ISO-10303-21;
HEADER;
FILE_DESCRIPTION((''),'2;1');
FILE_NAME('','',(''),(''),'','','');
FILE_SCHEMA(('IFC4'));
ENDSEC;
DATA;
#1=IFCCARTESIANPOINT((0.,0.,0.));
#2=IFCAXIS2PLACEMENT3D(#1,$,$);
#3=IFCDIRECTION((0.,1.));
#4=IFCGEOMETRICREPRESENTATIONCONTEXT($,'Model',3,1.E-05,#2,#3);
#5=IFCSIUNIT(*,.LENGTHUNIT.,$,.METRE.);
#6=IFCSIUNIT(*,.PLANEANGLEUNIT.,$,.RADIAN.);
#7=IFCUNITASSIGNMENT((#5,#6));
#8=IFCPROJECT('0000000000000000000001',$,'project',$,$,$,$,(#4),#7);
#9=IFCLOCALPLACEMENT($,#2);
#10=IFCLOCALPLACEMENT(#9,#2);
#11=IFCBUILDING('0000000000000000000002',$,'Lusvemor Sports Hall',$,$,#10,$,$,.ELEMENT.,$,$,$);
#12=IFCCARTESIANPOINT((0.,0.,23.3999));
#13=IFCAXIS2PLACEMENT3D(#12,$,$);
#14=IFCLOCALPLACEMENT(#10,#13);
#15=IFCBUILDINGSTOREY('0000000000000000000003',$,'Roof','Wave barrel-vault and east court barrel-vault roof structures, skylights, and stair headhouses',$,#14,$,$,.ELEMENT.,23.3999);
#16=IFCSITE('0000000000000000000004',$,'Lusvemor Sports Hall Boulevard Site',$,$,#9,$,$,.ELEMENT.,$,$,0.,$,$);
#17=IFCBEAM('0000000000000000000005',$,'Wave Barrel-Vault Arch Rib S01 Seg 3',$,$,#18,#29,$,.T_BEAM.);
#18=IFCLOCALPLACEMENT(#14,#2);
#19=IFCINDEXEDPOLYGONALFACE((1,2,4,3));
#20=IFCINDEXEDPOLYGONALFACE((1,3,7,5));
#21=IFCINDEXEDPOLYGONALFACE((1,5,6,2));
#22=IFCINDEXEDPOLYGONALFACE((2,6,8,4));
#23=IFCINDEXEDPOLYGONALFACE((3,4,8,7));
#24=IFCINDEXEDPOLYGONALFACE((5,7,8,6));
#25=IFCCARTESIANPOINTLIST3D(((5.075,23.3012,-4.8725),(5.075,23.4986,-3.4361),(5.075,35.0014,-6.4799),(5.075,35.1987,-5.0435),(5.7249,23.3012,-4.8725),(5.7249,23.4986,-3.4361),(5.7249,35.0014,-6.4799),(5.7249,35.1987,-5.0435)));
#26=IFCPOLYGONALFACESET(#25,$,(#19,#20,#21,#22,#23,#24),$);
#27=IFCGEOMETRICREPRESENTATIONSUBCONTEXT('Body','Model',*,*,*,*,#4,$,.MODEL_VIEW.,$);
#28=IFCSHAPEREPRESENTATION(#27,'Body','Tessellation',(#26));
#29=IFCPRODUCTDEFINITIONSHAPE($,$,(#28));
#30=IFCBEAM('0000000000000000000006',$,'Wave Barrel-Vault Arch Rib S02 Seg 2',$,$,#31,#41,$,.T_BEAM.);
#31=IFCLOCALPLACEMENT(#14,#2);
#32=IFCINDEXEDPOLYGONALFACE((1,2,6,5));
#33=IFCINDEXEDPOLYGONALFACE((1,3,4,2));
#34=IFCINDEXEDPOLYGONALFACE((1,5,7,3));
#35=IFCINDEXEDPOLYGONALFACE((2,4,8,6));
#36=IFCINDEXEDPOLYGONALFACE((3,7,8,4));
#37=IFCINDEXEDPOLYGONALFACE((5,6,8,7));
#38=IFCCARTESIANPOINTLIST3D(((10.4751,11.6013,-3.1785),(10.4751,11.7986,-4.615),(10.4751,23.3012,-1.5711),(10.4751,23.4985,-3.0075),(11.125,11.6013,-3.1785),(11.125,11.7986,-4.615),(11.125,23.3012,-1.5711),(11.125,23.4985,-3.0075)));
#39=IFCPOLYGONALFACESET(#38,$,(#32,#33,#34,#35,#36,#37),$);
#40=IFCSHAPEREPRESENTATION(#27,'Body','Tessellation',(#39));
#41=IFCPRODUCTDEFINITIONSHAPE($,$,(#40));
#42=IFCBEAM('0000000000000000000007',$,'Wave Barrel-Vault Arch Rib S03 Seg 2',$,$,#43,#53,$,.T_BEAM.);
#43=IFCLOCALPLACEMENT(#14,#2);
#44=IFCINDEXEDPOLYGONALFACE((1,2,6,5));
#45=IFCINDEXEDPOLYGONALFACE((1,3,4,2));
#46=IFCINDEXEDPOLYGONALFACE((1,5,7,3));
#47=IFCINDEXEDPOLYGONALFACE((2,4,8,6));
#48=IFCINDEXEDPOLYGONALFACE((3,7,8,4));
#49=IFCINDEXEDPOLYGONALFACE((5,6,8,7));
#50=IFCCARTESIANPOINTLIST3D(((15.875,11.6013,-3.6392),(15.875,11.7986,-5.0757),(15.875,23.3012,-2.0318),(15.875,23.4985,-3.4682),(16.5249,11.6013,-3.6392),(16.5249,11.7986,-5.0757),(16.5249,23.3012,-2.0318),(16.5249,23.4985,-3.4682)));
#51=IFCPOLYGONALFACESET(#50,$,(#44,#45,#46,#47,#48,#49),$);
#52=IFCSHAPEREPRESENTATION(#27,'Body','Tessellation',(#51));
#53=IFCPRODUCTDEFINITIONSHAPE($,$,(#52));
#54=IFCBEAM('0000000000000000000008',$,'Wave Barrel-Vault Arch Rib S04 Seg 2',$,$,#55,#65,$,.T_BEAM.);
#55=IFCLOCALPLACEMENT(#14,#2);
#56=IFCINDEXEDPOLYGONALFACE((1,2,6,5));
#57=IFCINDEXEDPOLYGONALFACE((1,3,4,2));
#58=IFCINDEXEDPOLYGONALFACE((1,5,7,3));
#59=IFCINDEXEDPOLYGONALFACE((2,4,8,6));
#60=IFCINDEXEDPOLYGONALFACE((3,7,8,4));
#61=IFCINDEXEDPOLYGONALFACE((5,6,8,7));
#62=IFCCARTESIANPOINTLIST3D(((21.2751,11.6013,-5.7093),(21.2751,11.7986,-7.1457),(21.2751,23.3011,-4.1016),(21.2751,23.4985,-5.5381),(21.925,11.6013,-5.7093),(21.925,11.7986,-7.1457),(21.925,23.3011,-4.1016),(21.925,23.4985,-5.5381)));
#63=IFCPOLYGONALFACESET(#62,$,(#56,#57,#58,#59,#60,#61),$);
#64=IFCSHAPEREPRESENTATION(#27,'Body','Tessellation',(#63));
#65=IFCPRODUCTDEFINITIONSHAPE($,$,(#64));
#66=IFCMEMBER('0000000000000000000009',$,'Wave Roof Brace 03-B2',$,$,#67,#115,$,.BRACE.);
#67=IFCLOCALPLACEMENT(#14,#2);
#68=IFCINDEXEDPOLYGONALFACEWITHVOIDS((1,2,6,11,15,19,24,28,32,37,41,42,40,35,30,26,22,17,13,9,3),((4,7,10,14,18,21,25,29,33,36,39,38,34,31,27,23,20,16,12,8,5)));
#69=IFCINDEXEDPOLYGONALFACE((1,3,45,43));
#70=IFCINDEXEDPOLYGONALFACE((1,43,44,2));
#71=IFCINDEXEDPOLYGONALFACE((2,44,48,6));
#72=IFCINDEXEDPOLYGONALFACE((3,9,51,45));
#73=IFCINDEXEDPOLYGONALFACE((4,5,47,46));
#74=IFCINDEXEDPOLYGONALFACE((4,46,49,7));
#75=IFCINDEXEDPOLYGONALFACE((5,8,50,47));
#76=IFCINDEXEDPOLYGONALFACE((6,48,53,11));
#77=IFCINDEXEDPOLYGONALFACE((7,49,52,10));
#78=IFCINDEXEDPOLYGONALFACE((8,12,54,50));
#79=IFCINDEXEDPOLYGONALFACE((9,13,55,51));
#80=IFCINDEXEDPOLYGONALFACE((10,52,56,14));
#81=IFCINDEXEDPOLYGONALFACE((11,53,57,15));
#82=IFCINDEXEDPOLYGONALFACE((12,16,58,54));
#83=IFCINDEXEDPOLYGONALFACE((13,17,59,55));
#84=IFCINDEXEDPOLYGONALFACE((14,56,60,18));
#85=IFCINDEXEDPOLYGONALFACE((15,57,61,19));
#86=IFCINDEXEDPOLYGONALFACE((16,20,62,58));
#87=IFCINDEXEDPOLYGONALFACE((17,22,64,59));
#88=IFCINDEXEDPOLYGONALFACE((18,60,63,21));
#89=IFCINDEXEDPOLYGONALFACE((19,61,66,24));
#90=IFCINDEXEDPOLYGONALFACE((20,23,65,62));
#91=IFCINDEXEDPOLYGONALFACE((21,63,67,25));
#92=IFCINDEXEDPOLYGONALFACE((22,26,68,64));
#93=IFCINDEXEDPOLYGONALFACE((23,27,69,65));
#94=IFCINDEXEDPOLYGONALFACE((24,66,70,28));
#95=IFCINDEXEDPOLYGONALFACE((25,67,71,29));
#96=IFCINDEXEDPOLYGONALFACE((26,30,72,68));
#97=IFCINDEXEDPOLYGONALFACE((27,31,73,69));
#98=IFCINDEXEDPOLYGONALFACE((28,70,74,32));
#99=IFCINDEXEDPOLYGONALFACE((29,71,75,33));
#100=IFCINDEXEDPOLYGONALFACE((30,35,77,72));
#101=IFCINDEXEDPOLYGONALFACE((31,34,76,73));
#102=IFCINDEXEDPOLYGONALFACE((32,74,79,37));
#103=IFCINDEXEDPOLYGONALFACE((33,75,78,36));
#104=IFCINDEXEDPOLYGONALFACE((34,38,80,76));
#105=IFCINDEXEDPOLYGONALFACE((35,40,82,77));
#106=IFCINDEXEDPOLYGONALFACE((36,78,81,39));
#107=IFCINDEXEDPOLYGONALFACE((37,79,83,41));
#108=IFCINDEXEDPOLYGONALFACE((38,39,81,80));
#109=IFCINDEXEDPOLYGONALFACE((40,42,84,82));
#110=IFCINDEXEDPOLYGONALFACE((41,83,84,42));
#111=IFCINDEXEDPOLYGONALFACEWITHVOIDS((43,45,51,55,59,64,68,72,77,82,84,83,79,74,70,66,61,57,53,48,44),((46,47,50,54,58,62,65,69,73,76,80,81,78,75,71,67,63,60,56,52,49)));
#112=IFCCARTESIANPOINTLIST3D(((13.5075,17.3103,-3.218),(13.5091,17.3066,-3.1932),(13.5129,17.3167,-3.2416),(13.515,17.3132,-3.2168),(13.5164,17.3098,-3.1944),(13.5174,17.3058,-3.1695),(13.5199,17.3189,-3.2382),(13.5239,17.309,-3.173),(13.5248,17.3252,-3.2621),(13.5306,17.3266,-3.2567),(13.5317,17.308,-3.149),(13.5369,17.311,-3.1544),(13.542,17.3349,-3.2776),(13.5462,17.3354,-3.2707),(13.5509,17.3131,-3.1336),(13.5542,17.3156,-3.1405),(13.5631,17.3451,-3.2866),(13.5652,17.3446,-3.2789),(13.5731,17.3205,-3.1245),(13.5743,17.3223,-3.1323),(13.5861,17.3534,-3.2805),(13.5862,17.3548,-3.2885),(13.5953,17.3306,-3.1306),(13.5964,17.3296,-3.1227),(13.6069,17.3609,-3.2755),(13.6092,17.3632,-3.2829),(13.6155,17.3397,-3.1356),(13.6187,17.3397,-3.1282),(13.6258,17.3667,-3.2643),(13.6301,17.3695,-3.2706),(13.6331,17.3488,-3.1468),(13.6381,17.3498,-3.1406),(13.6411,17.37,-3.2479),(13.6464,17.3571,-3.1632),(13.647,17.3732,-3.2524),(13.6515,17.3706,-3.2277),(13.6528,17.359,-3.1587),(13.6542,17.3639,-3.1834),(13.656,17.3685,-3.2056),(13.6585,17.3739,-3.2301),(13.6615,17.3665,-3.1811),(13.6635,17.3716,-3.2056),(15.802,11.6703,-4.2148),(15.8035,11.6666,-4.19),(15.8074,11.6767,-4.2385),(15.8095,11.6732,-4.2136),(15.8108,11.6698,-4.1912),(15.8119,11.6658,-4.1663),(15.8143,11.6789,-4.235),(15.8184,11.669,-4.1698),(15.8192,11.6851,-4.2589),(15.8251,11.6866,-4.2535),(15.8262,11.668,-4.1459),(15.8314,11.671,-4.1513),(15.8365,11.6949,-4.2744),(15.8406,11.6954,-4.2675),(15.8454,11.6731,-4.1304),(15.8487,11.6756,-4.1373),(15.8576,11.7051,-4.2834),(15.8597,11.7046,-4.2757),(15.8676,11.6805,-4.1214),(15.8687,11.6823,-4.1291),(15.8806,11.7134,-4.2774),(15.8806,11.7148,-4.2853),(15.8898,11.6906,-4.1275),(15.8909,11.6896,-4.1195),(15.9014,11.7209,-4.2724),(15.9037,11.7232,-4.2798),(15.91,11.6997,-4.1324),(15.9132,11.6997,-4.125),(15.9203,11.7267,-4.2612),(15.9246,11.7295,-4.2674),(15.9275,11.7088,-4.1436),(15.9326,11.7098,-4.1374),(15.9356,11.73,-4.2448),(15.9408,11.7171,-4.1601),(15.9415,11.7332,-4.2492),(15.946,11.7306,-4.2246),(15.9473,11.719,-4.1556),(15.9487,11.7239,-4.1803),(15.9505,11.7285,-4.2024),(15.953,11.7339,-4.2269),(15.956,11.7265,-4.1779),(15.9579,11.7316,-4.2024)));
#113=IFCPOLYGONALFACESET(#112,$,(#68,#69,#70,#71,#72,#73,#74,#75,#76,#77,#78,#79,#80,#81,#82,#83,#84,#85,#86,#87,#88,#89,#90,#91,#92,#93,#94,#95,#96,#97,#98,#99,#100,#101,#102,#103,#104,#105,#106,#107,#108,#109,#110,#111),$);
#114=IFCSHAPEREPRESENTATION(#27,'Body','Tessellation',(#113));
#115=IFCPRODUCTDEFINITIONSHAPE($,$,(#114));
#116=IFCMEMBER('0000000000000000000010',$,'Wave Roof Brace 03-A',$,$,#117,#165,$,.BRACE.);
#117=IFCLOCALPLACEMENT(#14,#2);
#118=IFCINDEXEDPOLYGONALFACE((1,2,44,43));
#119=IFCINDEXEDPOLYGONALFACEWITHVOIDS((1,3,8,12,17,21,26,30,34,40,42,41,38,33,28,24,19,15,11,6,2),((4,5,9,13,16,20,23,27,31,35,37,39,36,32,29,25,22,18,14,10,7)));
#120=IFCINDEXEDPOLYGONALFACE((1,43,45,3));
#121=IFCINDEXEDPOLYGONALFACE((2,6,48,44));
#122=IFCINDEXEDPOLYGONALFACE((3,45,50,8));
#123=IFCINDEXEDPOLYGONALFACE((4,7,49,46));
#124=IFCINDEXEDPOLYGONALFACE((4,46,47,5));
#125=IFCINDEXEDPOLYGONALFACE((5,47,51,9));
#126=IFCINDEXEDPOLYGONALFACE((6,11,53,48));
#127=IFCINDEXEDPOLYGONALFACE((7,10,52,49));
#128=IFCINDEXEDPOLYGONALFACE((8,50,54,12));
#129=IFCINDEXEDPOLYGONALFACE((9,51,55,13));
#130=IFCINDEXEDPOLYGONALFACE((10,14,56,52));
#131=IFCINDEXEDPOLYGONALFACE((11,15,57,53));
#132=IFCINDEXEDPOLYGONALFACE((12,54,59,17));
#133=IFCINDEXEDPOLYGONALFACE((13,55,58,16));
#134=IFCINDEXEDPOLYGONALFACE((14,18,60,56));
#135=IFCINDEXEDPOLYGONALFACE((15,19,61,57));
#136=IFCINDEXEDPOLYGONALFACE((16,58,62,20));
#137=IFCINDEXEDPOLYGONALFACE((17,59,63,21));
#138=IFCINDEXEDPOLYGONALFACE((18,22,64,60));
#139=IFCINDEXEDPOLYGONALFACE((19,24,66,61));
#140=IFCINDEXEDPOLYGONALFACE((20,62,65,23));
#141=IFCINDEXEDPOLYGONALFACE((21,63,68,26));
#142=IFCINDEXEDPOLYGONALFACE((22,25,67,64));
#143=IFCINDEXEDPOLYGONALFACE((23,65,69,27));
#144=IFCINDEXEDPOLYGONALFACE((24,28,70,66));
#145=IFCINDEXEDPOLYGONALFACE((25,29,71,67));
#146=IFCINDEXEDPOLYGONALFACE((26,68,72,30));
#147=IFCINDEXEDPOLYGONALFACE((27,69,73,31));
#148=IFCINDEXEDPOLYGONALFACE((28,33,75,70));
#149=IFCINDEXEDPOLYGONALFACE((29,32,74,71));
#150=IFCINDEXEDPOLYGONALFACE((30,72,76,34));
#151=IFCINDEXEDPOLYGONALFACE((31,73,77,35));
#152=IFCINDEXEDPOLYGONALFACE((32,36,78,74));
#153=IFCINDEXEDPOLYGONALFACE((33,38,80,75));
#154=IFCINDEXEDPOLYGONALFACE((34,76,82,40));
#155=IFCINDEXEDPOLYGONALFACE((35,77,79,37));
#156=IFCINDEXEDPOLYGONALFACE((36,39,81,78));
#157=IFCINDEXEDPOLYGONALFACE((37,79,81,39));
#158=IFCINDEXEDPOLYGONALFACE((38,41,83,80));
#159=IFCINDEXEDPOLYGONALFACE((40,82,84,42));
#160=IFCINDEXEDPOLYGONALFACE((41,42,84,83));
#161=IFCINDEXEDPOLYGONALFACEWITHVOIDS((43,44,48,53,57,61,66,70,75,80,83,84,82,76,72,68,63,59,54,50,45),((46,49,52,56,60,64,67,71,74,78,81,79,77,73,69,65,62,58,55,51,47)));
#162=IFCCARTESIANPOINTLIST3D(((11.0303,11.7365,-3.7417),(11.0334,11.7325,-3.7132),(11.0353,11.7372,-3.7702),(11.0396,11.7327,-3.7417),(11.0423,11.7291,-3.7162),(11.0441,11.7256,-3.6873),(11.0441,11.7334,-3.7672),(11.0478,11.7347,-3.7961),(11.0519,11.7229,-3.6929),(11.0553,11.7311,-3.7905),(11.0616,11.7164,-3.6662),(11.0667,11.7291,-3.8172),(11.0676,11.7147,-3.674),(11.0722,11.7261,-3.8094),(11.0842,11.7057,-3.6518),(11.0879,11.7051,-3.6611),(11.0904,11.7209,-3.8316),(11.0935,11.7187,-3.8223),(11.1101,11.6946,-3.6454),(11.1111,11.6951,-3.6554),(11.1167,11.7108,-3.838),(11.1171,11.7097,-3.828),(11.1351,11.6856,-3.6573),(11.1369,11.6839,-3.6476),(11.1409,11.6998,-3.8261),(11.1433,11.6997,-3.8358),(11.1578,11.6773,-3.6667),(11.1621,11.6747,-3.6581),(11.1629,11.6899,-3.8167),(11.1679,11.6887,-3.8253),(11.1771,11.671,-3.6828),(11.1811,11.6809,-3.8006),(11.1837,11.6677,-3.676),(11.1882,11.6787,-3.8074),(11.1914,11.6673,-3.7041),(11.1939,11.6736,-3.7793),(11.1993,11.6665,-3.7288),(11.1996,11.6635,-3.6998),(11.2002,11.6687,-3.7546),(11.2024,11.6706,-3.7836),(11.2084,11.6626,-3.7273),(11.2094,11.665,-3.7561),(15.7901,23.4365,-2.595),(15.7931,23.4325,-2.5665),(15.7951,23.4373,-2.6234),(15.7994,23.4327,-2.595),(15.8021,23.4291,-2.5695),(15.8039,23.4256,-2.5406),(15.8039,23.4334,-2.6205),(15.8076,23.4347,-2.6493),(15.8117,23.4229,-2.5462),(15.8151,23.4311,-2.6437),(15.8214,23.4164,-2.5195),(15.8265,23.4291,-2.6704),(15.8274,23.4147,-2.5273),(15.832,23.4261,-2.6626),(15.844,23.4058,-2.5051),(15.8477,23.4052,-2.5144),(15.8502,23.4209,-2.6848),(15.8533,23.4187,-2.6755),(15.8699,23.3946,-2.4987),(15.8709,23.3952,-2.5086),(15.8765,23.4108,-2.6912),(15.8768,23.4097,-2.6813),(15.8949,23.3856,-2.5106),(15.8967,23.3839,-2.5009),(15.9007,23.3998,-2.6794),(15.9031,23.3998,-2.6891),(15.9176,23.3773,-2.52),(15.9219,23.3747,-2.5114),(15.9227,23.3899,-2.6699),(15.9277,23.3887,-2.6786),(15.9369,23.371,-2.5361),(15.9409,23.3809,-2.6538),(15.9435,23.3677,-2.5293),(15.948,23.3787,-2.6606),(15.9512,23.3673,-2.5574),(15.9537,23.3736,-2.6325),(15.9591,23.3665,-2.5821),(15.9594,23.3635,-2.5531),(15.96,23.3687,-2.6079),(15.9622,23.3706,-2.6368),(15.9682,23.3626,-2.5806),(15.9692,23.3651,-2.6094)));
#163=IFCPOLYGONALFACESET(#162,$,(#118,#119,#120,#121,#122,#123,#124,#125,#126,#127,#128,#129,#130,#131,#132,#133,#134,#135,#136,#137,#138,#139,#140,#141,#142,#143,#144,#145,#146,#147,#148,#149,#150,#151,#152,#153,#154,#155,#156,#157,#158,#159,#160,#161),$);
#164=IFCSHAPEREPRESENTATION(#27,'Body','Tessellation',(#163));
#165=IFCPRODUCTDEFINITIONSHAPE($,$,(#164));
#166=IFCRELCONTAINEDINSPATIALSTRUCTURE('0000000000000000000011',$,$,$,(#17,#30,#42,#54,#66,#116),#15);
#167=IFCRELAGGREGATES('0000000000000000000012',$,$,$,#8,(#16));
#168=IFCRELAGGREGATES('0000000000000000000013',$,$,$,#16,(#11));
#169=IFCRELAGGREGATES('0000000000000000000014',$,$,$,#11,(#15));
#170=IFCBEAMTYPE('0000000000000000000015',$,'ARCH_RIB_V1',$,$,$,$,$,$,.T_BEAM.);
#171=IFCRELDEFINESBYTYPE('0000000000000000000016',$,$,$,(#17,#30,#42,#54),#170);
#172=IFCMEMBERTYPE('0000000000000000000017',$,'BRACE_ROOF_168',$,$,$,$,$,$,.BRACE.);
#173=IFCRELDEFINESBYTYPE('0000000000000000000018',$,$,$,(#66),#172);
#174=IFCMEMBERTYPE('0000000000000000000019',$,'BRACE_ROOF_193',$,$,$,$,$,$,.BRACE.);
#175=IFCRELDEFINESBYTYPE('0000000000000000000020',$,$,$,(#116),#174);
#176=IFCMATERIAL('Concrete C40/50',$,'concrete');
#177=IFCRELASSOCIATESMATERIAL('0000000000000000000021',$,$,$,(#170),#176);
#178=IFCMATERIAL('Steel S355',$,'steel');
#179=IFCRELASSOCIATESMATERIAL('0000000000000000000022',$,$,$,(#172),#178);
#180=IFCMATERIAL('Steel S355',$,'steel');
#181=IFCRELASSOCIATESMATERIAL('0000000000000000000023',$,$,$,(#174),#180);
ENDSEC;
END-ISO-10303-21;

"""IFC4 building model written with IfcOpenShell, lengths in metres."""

from ifc_helpers import new_model, si_unit, direction, frame, origin, origin_2d, place, context, subcontext, project, spatial, rectangle, hollow_circle, extrude, material, material_profile, profile_set, type_object, element, save


model = new_model("IFC4")

# Units and contexts
model_context = context("Model", 3, precision=1e-05, world=origin(), true_north=direction((0.0, 1.0)))
body_context = subcontext(model_context, "Body", "Model", "MODEL_VIEW")
ifc_project = project(units=[si_unit("LENGTHUNIT", "METRE"), si_unit("PLANEANGLEUNIT", "RADIAN")], contexts=[model_context])

# Site, building, storey
site_placement = place(None, origin())
site = spatial("IfcSite", under=ifc_project, at=site_placement, Name="Lusvemor Sports Hall Boulevard Site", CompositionType="ELEMENT", RefElevation=0.0)
building_placement = place(site_placement, origin())
building = spatial("IfcBuilding", under=site, at=building_placement, Name="Lusvemor Sports Hall", CompositionType="ELEMENT")
storey_placement = place(building_placement, frame((0.0, 0.0, 23.3999)))
storey = spatial("IfcBuildingStorey", under=building, at=storey_placement, Name="Roof", Description="Wave barrel-vault and east court barrel-vault roof structures, skylights, and stair headhouses", CompositionType="ELEMENT", Elevation=23.3999)

# Beams
ifc_material_1 = material(Name="Concrete C40/50", Category="concrete")
ifc_material_profile_1 = material_profile(ifc_material_1, rectangle(XDim=0.6499, YDim=1.45, at=origin_2d()), Name="RC650x1450")
ifc_profile_set_1 = profile_set([ifc_material_profile_1], Name="Concrete C40/50")
beam_type = type_object("IfcBeamType", Name="ARCH_RIB_V1", PredefinedType="T_BEAM", material=ifc_profile_set_1)
beam_placement = place(storey_placement, frame((5.3999, 23.3999, -4.1543), z_axis=(0.0, 0.990694, -0.136106), x_axis=(-1.0, 0.0, 0.0)))
element("IfcBeam", 1, at=beam_placement, inside=storey, type_object=beam_type, Name="Wave Barrel-Vault Arch Rib S01 Seg 3", PredefinedType="T_BEAM", context=body_context, shape_type="SweptSolid", body=[
    extrude(rectangle(XDim=0.6499, YDim=1.45, at=origin_2d()), origin(), (0.0, 0.0, 1.0), 11.8101),
])
for number, where, z_axis, x_axis, name in (
    (2, (10.8, 11.7, -3.8967), (0.0, 0.990694, 0.136109), (-1.0, 0.0, 0.0), "Wave Barrel-Vault Arch Rib S02 Seg 2"),
    (3, (16.2, 11.7, -4.3574), (0.0, 0.990694, 0.136109), (-1.0, 0.0, 0.0), "Wave Barrel-Vault Arch Rib S03 Seg 2"),
    (4, (21.6001, 11.7, -6.4275), (0.0, 0.990691, 0.136129), (-1.0, 0.0, 0.0), "Wave Barrel-Vault Arch Rib S04 Seg 2"),
):
    element("IfcBeam", number, at=place(storey_placement, frame(where, z_axis=z_axis, x_axis=x_axis)), inside=storey, type_object=beam_type, Name=name, PredefinedType="T_BEAM", context=body_context, shape_type="SweptSolid", body=[
        extrude(rectangle(XDim=0.6499, YDim=1.45, at=origin_2d()), origin(), (0.0, 0.0, 1.0), 11.8098),
    ])

# Members
ifc_material_2 = material(Name="Steel S355", Category="steel")
ifc_material_profile_2 = material_profile(ifc_material_2, hollow_circle(Radius=0.0842, WallThickness=0.0081, at=origin_2d()), Name="CHS168.3x8.0")
ifc_profile_set_2 = profile_set([ifc_material_profile_2], Name="Steel S355")
member_type_1 = type_object("IfcMemberType", Name="BRACE_ROOF_168", PredefinedType="BRACE", material=ifc_profile_set_2)
member_1_placement = place(storey_placement, frame((13.5854, 17.3398, -3.2056), z_axis=(0.371881, -0.914112, -0.161565), x_axis=(0.926282, 0.376832, 0.0)))
element("IfcMember", 5, at=member_1_placement, inside=storey, type_object=member_type_1, Name="Wave Roof Brace 03-B2", PredefinedType="BRACE", context=body_context, shape_type="SweptSolid", body=[
    extrude(hollow_circle(Radius=0.0842, WallThickness=0.0081, at=origin_2d()), origin(), (0.0, 0.0, 1.0), 6.1699),
])
ifc_material_3 = material(Name="Steel S355", Category="steel")
ifc_material_profile_3 = material_profile(ifc_material_3, hollow_circle(Radius=0.0969, WallThickness=0.01, at=origin_2d()), Name="CHS193.7x10.0")
ifc_profile_set_3 = profile_set([ifc_material_profile_3], Name="Steel S355")
member_type_2 = type_object("IfcMemberType", Name="BRACE_ROOF_193", PredefinedType="BRACE", material=ifc_profile_set_3)
member_2_placement = place(storey_placement, frame((11.1201, 11.7, -3.7417), z_axis=(0.375286, 0.922489, 0.090414), x_axis=(-0.926283, 0.37683, 0.0)))
element("IfcMember", 6, at=member_2_placement, inside=storey, type_object=member_type_2, Name="Wave Roof Brace 03-A", PredefinedType="BRACE", context=body_context, shape_type="SweptSolid", body=[
    extrude(hollow_circle(Radius=0.0969, WallThickness=0.01, at=origin_2d()), origin(), (0.0, 0.0, 1.0), 12.6831),
])

save(model, "model.ifc")
